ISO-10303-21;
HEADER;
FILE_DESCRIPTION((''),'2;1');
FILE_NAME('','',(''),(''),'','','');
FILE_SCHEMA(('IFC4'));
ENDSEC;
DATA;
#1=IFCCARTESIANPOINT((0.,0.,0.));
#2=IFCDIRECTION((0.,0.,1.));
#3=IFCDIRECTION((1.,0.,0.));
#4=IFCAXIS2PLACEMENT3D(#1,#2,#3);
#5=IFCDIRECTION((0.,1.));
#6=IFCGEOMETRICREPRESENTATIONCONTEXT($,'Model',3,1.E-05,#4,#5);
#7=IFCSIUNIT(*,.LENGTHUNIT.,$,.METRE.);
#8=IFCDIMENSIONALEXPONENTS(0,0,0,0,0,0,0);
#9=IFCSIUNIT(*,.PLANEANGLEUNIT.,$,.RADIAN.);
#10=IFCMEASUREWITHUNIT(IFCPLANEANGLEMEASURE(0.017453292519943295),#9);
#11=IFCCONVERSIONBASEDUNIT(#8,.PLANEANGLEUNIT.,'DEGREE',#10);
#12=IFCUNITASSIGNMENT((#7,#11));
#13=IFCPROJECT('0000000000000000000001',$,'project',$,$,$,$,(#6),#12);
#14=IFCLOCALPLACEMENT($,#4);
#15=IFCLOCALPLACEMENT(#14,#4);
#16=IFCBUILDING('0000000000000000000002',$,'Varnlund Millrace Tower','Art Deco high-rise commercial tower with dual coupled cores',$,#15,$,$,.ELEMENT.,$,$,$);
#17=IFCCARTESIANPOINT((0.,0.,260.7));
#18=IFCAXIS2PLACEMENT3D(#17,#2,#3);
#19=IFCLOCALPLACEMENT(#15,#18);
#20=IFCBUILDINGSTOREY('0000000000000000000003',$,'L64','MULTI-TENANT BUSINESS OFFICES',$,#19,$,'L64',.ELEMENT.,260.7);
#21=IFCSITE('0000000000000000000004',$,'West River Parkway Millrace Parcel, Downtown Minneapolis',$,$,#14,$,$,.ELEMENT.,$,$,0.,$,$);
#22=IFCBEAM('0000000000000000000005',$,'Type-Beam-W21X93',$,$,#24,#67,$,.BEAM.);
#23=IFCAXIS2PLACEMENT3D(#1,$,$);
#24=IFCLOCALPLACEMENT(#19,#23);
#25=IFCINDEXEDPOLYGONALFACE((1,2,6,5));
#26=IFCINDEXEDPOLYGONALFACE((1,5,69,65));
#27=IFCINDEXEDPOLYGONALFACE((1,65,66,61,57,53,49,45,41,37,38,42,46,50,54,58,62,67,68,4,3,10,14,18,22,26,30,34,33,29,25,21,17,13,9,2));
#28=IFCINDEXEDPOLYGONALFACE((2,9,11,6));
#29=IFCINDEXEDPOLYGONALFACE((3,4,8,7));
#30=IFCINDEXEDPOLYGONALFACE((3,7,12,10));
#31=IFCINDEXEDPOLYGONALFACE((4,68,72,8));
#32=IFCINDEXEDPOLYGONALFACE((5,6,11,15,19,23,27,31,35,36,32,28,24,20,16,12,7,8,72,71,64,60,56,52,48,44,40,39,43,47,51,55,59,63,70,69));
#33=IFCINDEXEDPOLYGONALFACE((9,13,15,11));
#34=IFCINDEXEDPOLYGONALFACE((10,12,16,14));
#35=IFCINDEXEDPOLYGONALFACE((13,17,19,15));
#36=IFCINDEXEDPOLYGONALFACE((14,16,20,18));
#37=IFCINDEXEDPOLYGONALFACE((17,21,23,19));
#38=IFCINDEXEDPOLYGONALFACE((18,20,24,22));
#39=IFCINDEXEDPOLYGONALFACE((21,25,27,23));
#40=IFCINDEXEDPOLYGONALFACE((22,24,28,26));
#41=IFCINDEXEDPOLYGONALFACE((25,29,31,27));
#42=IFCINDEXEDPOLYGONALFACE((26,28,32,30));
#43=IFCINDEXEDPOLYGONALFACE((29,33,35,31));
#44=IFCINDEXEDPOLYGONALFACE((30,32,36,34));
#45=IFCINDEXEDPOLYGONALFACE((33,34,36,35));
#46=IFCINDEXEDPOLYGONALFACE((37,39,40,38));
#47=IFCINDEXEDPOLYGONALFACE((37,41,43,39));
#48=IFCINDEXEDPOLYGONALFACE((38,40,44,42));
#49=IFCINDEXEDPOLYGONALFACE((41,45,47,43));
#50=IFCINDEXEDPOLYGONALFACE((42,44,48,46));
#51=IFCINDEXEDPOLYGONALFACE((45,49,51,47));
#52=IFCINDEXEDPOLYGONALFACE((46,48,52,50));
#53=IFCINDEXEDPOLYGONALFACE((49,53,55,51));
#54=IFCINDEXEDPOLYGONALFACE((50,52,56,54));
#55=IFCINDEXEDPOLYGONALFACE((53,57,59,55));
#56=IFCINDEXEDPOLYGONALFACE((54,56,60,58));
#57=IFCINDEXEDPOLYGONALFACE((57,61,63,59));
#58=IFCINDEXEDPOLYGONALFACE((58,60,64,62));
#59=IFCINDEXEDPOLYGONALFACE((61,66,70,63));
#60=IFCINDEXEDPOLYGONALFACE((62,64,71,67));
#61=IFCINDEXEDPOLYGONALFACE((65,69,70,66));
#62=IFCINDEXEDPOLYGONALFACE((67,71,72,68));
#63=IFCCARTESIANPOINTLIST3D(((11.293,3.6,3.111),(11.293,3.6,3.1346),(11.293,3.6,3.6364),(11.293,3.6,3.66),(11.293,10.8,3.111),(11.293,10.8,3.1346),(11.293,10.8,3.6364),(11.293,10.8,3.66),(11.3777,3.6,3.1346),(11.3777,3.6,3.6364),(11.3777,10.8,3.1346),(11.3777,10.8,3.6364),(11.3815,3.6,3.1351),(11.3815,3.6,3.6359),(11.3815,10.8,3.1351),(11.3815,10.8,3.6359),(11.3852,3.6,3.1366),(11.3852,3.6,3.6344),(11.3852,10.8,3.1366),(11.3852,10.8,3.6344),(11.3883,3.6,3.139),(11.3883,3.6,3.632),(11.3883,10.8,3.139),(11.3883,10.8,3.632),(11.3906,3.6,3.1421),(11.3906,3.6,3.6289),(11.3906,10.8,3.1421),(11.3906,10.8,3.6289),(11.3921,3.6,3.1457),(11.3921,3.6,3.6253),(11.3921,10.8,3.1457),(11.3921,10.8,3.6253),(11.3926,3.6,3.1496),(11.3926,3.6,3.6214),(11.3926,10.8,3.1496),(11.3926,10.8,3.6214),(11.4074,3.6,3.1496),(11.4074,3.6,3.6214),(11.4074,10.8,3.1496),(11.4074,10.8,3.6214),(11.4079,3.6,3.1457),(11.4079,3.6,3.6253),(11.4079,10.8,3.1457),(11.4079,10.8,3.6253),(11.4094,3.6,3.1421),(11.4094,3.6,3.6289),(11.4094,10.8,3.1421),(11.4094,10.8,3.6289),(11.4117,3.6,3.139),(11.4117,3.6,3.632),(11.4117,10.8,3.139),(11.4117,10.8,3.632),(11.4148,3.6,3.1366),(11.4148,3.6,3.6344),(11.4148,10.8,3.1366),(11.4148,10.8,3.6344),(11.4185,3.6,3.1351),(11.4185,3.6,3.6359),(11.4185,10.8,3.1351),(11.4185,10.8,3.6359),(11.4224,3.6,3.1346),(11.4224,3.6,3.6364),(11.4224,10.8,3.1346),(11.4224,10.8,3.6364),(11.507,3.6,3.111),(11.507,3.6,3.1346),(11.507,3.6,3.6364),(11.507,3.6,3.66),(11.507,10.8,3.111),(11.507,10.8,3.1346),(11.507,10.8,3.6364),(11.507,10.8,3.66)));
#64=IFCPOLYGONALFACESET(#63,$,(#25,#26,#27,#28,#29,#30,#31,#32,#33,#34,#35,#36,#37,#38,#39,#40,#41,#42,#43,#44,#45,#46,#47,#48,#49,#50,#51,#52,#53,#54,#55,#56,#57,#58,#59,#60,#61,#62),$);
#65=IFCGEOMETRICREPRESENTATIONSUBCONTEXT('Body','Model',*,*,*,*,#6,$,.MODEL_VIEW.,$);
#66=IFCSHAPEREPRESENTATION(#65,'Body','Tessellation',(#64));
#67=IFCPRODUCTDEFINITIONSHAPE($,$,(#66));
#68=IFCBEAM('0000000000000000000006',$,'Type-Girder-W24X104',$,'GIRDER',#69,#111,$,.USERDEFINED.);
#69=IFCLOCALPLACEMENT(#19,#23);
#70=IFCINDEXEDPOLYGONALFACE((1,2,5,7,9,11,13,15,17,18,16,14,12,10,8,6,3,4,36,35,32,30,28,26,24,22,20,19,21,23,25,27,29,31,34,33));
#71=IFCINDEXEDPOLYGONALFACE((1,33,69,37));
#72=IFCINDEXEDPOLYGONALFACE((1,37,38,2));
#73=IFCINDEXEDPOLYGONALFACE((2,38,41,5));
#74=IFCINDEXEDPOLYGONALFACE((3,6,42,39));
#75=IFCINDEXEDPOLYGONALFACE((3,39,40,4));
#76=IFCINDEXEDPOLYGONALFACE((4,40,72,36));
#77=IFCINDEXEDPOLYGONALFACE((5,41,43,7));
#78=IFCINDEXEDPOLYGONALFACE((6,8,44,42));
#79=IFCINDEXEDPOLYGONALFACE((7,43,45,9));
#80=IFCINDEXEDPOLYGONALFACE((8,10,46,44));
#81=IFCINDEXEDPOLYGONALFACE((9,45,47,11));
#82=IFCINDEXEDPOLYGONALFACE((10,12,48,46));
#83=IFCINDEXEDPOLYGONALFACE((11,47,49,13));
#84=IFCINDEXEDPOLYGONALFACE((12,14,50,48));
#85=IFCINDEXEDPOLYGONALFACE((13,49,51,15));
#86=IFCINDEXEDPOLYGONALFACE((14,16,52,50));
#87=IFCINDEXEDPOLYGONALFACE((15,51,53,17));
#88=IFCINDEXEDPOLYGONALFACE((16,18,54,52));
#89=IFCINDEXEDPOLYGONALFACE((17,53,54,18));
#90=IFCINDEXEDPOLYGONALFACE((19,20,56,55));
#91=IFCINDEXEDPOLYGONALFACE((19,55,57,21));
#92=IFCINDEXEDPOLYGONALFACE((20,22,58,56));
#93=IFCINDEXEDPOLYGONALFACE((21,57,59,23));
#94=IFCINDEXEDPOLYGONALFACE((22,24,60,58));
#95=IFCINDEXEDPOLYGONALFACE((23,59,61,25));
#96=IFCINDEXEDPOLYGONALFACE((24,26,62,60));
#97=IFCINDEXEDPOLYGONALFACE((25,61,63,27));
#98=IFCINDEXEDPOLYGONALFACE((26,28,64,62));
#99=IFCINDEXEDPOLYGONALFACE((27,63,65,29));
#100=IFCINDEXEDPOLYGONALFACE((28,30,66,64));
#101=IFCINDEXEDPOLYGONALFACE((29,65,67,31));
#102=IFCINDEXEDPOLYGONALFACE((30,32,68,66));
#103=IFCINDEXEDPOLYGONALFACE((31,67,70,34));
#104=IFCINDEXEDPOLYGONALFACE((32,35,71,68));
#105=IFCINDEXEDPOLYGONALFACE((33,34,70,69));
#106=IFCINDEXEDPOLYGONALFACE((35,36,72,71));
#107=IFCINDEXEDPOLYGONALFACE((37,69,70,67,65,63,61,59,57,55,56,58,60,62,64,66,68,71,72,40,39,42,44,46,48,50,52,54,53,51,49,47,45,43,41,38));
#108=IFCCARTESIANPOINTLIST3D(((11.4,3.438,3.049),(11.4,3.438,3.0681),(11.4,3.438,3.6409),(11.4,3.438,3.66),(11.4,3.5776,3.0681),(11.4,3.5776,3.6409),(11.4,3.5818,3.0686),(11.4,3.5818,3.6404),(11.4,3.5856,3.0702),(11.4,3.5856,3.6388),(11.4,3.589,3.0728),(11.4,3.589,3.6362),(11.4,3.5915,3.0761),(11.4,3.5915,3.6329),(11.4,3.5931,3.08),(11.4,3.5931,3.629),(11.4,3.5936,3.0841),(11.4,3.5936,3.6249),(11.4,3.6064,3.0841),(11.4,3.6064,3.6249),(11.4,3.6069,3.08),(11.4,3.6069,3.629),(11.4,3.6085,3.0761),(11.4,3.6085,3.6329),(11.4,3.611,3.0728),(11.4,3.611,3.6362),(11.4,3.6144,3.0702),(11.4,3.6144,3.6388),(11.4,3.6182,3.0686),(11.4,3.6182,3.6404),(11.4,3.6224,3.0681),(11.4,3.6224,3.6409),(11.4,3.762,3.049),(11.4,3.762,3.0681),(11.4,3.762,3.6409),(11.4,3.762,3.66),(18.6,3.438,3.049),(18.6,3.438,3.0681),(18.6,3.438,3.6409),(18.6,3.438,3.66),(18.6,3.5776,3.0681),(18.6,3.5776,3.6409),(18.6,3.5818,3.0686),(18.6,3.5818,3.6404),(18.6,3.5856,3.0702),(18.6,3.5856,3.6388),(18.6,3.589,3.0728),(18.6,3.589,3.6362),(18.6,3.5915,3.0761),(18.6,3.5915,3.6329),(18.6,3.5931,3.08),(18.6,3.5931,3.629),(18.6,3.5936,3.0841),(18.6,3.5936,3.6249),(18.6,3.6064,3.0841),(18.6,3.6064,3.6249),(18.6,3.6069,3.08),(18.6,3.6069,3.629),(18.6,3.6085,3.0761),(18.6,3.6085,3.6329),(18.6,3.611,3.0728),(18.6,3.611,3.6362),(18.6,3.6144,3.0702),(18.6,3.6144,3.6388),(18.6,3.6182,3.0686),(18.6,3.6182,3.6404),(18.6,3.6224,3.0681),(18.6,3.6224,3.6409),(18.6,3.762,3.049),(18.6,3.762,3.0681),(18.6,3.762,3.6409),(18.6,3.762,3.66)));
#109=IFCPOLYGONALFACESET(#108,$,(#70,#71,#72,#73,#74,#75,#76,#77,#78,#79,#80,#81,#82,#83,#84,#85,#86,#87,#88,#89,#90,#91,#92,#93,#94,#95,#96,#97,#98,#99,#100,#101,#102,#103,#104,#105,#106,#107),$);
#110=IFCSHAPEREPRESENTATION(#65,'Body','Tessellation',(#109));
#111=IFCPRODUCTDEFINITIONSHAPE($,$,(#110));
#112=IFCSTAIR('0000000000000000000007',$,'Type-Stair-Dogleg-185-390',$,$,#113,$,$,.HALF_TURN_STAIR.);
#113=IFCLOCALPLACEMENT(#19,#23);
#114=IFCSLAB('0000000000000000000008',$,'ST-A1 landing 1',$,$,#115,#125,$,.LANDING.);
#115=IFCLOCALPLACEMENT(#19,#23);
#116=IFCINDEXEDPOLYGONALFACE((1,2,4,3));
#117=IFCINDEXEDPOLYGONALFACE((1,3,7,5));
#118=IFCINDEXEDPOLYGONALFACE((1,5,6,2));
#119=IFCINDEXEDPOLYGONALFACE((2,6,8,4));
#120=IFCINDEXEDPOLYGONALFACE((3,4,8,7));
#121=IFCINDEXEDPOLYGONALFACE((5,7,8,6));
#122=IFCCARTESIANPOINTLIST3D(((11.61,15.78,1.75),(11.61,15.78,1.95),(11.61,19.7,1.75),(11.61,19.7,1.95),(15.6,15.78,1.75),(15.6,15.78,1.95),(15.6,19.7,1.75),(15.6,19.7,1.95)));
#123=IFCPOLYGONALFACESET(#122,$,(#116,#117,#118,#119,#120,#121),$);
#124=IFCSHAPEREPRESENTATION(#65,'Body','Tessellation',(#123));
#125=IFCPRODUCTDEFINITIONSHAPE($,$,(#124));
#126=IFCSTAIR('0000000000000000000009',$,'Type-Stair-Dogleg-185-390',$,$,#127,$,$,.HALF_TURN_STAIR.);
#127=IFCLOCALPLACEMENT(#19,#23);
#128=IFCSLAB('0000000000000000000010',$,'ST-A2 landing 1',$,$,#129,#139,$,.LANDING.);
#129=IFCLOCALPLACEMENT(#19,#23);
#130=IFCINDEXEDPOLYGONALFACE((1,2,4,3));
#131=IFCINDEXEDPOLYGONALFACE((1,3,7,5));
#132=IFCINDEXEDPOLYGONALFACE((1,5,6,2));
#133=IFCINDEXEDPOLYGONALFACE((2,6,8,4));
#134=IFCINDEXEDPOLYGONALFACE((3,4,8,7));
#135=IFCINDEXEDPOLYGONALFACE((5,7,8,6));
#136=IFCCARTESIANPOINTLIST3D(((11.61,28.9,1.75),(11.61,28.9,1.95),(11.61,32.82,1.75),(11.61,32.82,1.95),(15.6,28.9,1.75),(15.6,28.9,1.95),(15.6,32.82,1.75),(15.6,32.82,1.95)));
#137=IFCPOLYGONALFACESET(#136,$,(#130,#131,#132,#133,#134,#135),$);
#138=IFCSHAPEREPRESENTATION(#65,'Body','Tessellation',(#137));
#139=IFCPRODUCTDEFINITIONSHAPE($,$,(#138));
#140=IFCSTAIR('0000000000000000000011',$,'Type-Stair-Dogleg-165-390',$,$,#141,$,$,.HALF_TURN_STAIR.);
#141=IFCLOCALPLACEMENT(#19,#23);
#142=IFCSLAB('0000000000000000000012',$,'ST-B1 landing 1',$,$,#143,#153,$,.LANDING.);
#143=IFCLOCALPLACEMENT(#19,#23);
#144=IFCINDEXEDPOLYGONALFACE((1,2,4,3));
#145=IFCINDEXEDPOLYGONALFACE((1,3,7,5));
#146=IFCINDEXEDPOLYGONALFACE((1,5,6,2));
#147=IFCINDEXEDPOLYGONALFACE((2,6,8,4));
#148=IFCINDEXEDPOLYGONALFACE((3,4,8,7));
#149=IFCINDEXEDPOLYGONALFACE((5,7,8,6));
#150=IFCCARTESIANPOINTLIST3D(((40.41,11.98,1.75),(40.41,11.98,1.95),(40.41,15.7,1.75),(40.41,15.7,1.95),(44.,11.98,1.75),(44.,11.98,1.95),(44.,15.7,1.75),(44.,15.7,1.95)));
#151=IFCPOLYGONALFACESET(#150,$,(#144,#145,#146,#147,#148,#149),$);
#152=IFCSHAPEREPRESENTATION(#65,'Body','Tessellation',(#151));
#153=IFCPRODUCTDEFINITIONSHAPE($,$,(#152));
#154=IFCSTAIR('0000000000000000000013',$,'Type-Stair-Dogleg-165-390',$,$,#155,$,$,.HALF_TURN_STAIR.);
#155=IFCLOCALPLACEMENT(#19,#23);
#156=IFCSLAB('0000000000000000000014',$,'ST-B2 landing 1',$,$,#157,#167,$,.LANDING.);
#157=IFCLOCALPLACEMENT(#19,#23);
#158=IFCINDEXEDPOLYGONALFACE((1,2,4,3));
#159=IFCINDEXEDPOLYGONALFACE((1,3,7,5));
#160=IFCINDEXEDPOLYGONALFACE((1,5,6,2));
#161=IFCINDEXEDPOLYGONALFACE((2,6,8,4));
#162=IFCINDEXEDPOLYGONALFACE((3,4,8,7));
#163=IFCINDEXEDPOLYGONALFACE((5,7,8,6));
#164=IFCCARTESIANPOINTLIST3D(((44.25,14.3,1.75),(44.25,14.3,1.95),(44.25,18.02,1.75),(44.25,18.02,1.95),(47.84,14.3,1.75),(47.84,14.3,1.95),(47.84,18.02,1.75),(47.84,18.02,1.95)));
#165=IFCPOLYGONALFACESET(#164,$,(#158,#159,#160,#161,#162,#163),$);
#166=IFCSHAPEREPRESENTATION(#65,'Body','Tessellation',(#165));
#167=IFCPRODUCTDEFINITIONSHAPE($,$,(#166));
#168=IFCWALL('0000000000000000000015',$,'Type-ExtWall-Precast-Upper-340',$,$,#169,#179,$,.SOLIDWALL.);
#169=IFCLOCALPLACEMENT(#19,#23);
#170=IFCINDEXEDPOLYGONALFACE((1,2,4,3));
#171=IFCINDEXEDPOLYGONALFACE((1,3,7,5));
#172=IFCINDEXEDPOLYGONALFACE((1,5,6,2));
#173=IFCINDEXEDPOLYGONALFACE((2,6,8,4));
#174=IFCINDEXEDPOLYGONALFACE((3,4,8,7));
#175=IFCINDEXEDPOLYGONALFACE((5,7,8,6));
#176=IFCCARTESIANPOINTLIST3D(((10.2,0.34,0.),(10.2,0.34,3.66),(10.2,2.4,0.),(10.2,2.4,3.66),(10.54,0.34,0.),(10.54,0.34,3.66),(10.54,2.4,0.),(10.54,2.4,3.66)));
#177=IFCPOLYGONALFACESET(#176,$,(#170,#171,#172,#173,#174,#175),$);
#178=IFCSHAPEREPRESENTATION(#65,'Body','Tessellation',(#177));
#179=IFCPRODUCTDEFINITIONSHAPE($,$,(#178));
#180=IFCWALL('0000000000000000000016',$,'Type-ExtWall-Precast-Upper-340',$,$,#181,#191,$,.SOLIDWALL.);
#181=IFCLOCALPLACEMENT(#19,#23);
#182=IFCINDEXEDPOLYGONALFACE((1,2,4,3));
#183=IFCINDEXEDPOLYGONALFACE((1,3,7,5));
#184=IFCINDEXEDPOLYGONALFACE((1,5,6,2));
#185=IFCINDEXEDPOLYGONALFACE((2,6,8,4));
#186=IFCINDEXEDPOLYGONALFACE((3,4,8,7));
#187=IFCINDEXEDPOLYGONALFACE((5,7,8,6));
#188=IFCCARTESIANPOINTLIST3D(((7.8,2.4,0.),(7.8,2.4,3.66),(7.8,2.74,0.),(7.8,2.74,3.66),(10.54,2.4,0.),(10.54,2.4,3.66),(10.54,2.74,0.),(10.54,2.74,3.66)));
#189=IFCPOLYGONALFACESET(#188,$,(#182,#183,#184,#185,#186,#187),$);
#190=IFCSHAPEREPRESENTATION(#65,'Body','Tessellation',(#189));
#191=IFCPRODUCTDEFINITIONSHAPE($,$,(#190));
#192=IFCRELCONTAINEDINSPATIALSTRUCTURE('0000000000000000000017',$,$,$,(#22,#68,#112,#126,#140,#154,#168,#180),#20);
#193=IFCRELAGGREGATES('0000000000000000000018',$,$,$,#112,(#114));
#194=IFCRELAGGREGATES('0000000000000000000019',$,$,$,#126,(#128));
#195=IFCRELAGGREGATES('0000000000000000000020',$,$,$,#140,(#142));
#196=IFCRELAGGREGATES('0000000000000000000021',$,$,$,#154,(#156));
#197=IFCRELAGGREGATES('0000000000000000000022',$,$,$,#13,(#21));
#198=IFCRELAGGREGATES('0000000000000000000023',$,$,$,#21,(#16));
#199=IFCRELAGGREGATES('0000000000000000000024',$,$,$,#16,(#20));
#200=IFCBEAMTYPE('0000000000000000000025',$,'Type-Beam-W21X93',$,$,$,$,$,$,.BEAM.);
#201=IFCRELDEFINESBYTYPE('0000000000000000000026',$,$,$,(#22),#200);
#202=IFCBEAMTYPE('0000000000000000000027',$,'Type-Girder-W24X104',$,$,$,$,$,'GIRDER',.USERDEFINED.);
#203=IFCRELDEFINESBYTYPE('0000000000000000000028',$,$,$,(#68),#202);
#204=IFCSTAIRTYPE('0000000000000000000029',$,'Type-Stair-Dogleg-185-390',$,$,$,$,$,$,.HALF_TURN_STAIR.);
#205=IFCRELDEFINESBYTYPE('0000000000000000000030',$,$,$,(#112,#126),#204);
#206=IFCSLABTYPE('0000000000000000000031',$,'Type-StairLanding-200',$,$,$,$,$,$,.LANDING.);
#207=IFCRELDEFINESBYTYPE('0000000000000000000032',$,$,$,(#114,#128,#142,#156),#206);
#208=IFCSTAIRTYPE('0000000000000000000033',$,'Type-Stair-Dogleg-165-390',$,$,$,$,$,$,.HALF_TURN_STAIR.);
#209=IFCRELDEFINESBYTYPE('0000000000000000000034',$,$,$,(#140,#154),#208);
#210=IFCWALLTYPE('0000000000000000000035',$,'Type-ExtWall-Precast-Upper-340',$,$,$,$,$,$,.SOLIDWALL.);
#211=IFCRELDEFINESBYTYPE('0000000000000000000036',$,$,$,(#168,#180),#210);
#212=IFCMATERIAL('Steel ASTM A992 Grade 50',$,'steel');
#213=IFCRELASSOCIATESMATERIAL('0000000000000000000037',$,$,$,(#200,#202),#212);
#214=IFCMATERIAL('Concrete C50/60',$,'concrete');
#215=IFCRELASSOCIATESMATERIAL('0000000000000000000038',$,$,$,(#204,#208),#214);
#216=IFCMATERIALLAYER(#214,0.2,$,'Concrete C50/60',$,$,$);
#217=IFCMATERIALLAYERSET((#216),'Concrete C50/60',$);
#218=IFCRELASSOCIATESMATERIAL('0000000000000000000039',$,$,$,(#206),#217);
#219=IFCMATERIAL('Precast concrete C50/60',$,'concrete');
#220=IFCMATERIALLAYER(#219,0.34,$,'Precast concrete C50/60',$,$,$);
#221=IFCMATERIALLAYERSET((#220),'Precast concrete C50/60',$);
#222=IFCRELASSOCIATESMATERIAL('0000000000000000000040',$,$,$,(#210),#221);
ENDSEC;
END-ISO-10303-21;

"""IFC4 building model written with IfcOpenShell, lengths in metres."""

from ifc_helpers import new_model, entity, si_unit, converted_unit, direction, frame, origin_with_axes, origin_2d_with_axis, place, context, subcontext, project, spatial, polyline, i_section, outline, extrude, material, layer, layer_set, material_profile, profile_set, type_object, element, aggregate, save


model = new_model("IFC4")

# Units and contexts
model_context = context("Model", 3, precision=1e-05, world=origin_with_axes(), true_north=direction((0.0, 1.0)))
body_context = subcontext(model_context, "Body", "Model", "MODEL_VIEW")
ifc_project = project(units=[si_unit("LENGTHUNIT", "METRE"), converted_unit("PLANEANGLEUNIT", "DEGREE", entity("IfcPlaneAngleMeasure", 0.017453292519943295), si_unit("PLANEANGLEUNIT", "RADIAN"), dimensions=[0, 0, 0, 0, 0, 0, 0])], contexts=[model_context])

# Site, building, storey
site_placement = place(None, origin_with_axes())
site = spatial("IfcSite", under=ifc_project, at=site_placement, Name="West River Parkway Millrace Parcel, Downtown Minneapolis", CompositionType="ELEMENT", RefElevation=0.0)
building_placement = place(site_placement, origin_with_axes())
building = spatial("IfcBuilding", under=site, at=building_placement, Name="Varnlund Millrace Tower", Description="Art Deco high-rise commercial tower with dual coupled cores", CompositionType="ELEMENT")
storey_placement = place(building_placement, frame((0.0, 0.0, 260.7), z_axis=(0.0, 0.0, 1.0), x_axis=(1.0, 0.0, 0.0)))
storey = spatial("IfcBuildingStorey", under=building, at=storey_placement, Name="L64", Description="MULTI-TENANT BUSINESS OFFICES", LongName="L64", CompositionType="ELEMENT", Elevation=260.7)

# Beams
ifc_material_1 = material(Name="Steel ASTM A992 Grade 50", Category="steel")
ifc_material_profile_1 = material_profile(ifc_material_1, i_section(OverallWidth=0.214, OverallDepth=0.549, WebThickness=0.0147, FlangeThickness=0.0236, FilletRadius=0.015, at=origin_2d_with_axis()), Name="Steel ASTM A992 Grade 50")
ifc_profile_set_1 = profile_set([ifc_material_profile_1], Name="Steel ASTM A992 Grade 50")
beam_type_1 = type_object("IfcBeamType", Name="Type-Beam-W21X93", PredefinedType="BEAM", material=ifc_profile_set_1)
beam_1_placement = place(storey_placement, frame((11.4, 3.6, 3.3855), z_axis=(0.0, 1.0, 0.0), x_axis=(-1.0, 0.0, 0.0)))
element("IfcBeam", 1, at=beam_1_placement, inside=storey, type_object=beam_type_1, Name="Type-Beam-W21X93", PredefinedType="BEAM", context=body_context, shape_type="SweptSolid", body=[
    extrude(i_section(OverallWidth=0.214, OverallDepth=0.549, WebThickness=0.0147, FlangeThickness=0.0236, FilletRadius=0.015, at=origin_2d_with_axis()), origin_with_axes(), (0.0, 0.0, 1.0), 7.2),
])
ifc_material_profile_2 = material_profile(ifc_material_1, i_section(OverallWidth=0.324, OverallDepth=0.611, WebThickness=0.0127, FlangeThickness=0.0191, FilletRadius=0.016, at=origin_2d_with_axis()), Name="Steel ASTM A992 Grade 50")
ifc_profile_set_2 = profile_set([ifc_material_profile_2], Name="Steel ASTM A992 Grade 50")
beam_type_2 = type_object("IfcBeamType", Name="Type-Girder-W24X104", ElementType="GIRDER", PredefinedType="USERDEFINED", material=ifc_profile_set_2)
beam_2_placement = place(storey_placement, frame((11.4, 3.6, 3.3545), z_axis=(1.0, 0.0, 0.0), x_axis=(0.0, 1.0, 0.0)))
element("IfcBeam", 2, at=beam_2_placement, inside=storey, type_object=beam_type_2, Name="Type-Girder-W24X104", ObjectType="GIRDER", PredefinedType="USERDEFINED", context=body_context, shape_type="SweptSolid", body=[
    extrude(i_section(OverallWidth=0.324, OverallDepth=0.611, WebThickness=0.0127, FlangeThickness=0.0191, FilletRadius=0.016, at=origin_2d_with_axis()), origin_with_axes(), (0.0, 0.0, 1.0), 7.2),
])

# Stairs, slabs
ifc_material_2 = material(Name="Concrete C50/60", Category="concrete")
stair_type_1 = type_object("IfcStairType", Name="Type-Stair-Dogleg-185-390", PredefinedType="HALF_TURN_STAIR", material=ifc_material_2)
stair_1_placement = place(storey_placement, origin_with_axes())
stair_1 = element("IfcStair", 3, at=stair_1_placement, inside=storey, type_object=stair_type_1, Name="Type-Stair-Dogleg-185-390", PredefinedType="HALF_TURN_STAIR")
ifc_layer_1 = layer(ifc_material_2, 0.2, Name="Concrete C50/60")
ifc_layer_set_1 = layer_set([ifc_layer_1], Name="Concrete C50/60")
slab_type = type_object("IfcSlabType", Name="Type-StairLanding-200", PredefinedType="LANDING", material=ifc_layer_set_1)
slab_1_placement = place(storey_placement, frame((0.0, 0.0, 1.75), z_axis=(0.0, 0.0, 1.0), x_axis=(1.0, 0.0, 0.0)))
slab_1 = element("IfcSlab", 4, at=slab_1_placement, type_object=slab_type, Name="ST-A1 landing 1", PredefinedType="LANDING", context=body_context, shape_type="SweptSolid", body=[
    extrude(outline(polyline([(15.6, 15.78), (15.6, 19.7), (11.61, 19.7), (11.61, 15.78), (15.6, 15.78)])), origin_with_axes(), (0.0, 0.0, 1.0), 0.2),
])
aggregate(stair_1, [slab_1])
stair_2_placement = place(storey_placement, origin_with_axes())
stair_2 = element("IfcStair", 5, at=stair_2_placement, inside=storey, type_object=stair_type_1, Name="Type-Stair-Dogleg-185-390", PredefinedType="HALF_TURN_STAIR")
slab_2_placement = place(storey_placement, frame((0.0, 0.0, 1.75), z_axis=(0.0, 0.0, 1.0), x_axis=(1.0, 0.0, 0.0)))
slab_2 = element("IfcSlab", 6, at=slab_2_placement, type_object=slab_type, Name="ST-A2 landing 1", PredefinedType="LANDING", context=body_context, shape_type="SweptSolid", body=[
    extrude(outline(polyline([(11.61, 32.82), (11.61, 28.9), (15.6, 28.9), (15.6, 32.82), (11.61, 32.82)])), origin_with_axes(), (0.0, 0.0, 1.0), 0.2),
])
aggregate(stair_2, [slab_2])
stair_type_2 = type_object("IfcStairType", Name="Type-Stair-Dogleg-165-390", PredefinedType="HALF_TURN_STAIR", material=ifc_material_2)
stair_3_placement = place(storey_placement, origin_with_axes())
stair_3 = element("IfcStair", 7, at=stair_3_placement, inside=storey, type_object=stair_type_2, Name="Type-Stair-Dogleg-165-390", PredefinedType="HALF_TURN_STAIR")
slab_3_placement = place(storey_placement, frame((0.0, 0.0, 1.75), z_axis=(0.0, 0.0, 1.0), x_axis=(1.0, 0.0, 0.0)))
slab_3 = element("IfcSlab", 8, at=slab_3_placement, type_object=slab_type, Name="ST-B1 landing 1", PredefinedType="LANDING", context=body_context, shape_type="SweptSolid", body=[
    extrude(outline(polyline([(44.0, 11.98), (44.0, 15.7), (40.41, 15.7), (40.41, 11.98), (44.0, 11.98)])), origin_with_axes(), (0.0, 0.0, 1.0), 0.2),
])
aggregate(stair_3, [slab_3])
stair_4_placement = place(storey_placement, origin_with_axes())
stair_4 = element("IfcStair", 9, at=stair_4_placement, inside=storey, type_object=stair_type_2, Name="Type-Stair-Dogleg-165-390", PredefinedType="HALF_TURN_STAIR")
slab_4_placement = place(storey_placement, frame((0.0, 0.0, 1.75), z_axis=(0.0, 0.0, 1.0), x_axis=(1.0, 0.0, 0.0)))
slab_4 = element("IfcSlab", 10, at=slab_4_placement, type_object=slab_type, Name="ST-B2 landing 1", PredefinedType="LANDING", context=body_context, shape_type="SweptSolid", body=[
    extrude(outline(polyline([(44.25, 18.02), (44.25, 14.3), (47.84, 14.3), (47.84, 18.02), (44.25, 18.02)])), origin_with_axes(), (0.0, 0.0, 1.0), 0.2),
])
aggregate(stair_4, [slab_4])

# Walls
ifc_material_3 = material(Name="Precast concrete C50/60", Category="concrete")
ifc_layer_2 = layer(ifc_material_3, 0.34, Name="Precast concrete C50/60")
ifc_layer_set_2 = layer_set([ifc_layer_2], Name="Precast concrete C50/60")
wall_type_1 = type_object("IfcWallType", Name="Type-ExtWall-Precast-Upper-340", PredefinedType="SOLIDWALL", material=ifc_layer_set_2)
wall_1_placement = place(storey_placement, frame((10.37, 0.34, 0.0), z_axis=(0.0, 0.0, 1.0), x_axis=(0.0, 1.0, 0.0)))
element("IfcWall", 11, at=wall_1_placement, inside=storey, type_object=wall_type_1, Name="Type-ExtWall-Precast-Upper-340", PredefinedType="SOLIDWALL", context=body_context, shape_type="SweptSolid", body=[
    extrude(outline(polyline([(0.0, -0.17), (2.06, -0.17), (2.06, 0.17), (0.0, 0.17), (0.0, -0.17)])), origin_with_axes(), (0.0, 0.0, 1.0), 3.66),
])
wall_2_placement = place(storey_placement, frame((10.54, 2.57, 0.0), z_axis=(0.0, 0.0, 1.0), x_axis=(-1.0, 0.0, 0.0)))
element("IfcWall", 12, at=wall_2_placement, inside=storey, type_object=wall_type_1, Name="Type-ExtWall-Precast-Upper-340", PredefinedType="SOLIDWALL", context=body_context, shape_type="SweptSolid", body=[
    extrude(outline(polyline([(0.0, -0.17), (2.74, -0.17), (2.74, 0.17), (0.0, 0.17), (0.0, -0.17)])), origin_with_axes(), (0.0, 0.0, 1.0), 3.66),
])

save(model, "model.ifc")
